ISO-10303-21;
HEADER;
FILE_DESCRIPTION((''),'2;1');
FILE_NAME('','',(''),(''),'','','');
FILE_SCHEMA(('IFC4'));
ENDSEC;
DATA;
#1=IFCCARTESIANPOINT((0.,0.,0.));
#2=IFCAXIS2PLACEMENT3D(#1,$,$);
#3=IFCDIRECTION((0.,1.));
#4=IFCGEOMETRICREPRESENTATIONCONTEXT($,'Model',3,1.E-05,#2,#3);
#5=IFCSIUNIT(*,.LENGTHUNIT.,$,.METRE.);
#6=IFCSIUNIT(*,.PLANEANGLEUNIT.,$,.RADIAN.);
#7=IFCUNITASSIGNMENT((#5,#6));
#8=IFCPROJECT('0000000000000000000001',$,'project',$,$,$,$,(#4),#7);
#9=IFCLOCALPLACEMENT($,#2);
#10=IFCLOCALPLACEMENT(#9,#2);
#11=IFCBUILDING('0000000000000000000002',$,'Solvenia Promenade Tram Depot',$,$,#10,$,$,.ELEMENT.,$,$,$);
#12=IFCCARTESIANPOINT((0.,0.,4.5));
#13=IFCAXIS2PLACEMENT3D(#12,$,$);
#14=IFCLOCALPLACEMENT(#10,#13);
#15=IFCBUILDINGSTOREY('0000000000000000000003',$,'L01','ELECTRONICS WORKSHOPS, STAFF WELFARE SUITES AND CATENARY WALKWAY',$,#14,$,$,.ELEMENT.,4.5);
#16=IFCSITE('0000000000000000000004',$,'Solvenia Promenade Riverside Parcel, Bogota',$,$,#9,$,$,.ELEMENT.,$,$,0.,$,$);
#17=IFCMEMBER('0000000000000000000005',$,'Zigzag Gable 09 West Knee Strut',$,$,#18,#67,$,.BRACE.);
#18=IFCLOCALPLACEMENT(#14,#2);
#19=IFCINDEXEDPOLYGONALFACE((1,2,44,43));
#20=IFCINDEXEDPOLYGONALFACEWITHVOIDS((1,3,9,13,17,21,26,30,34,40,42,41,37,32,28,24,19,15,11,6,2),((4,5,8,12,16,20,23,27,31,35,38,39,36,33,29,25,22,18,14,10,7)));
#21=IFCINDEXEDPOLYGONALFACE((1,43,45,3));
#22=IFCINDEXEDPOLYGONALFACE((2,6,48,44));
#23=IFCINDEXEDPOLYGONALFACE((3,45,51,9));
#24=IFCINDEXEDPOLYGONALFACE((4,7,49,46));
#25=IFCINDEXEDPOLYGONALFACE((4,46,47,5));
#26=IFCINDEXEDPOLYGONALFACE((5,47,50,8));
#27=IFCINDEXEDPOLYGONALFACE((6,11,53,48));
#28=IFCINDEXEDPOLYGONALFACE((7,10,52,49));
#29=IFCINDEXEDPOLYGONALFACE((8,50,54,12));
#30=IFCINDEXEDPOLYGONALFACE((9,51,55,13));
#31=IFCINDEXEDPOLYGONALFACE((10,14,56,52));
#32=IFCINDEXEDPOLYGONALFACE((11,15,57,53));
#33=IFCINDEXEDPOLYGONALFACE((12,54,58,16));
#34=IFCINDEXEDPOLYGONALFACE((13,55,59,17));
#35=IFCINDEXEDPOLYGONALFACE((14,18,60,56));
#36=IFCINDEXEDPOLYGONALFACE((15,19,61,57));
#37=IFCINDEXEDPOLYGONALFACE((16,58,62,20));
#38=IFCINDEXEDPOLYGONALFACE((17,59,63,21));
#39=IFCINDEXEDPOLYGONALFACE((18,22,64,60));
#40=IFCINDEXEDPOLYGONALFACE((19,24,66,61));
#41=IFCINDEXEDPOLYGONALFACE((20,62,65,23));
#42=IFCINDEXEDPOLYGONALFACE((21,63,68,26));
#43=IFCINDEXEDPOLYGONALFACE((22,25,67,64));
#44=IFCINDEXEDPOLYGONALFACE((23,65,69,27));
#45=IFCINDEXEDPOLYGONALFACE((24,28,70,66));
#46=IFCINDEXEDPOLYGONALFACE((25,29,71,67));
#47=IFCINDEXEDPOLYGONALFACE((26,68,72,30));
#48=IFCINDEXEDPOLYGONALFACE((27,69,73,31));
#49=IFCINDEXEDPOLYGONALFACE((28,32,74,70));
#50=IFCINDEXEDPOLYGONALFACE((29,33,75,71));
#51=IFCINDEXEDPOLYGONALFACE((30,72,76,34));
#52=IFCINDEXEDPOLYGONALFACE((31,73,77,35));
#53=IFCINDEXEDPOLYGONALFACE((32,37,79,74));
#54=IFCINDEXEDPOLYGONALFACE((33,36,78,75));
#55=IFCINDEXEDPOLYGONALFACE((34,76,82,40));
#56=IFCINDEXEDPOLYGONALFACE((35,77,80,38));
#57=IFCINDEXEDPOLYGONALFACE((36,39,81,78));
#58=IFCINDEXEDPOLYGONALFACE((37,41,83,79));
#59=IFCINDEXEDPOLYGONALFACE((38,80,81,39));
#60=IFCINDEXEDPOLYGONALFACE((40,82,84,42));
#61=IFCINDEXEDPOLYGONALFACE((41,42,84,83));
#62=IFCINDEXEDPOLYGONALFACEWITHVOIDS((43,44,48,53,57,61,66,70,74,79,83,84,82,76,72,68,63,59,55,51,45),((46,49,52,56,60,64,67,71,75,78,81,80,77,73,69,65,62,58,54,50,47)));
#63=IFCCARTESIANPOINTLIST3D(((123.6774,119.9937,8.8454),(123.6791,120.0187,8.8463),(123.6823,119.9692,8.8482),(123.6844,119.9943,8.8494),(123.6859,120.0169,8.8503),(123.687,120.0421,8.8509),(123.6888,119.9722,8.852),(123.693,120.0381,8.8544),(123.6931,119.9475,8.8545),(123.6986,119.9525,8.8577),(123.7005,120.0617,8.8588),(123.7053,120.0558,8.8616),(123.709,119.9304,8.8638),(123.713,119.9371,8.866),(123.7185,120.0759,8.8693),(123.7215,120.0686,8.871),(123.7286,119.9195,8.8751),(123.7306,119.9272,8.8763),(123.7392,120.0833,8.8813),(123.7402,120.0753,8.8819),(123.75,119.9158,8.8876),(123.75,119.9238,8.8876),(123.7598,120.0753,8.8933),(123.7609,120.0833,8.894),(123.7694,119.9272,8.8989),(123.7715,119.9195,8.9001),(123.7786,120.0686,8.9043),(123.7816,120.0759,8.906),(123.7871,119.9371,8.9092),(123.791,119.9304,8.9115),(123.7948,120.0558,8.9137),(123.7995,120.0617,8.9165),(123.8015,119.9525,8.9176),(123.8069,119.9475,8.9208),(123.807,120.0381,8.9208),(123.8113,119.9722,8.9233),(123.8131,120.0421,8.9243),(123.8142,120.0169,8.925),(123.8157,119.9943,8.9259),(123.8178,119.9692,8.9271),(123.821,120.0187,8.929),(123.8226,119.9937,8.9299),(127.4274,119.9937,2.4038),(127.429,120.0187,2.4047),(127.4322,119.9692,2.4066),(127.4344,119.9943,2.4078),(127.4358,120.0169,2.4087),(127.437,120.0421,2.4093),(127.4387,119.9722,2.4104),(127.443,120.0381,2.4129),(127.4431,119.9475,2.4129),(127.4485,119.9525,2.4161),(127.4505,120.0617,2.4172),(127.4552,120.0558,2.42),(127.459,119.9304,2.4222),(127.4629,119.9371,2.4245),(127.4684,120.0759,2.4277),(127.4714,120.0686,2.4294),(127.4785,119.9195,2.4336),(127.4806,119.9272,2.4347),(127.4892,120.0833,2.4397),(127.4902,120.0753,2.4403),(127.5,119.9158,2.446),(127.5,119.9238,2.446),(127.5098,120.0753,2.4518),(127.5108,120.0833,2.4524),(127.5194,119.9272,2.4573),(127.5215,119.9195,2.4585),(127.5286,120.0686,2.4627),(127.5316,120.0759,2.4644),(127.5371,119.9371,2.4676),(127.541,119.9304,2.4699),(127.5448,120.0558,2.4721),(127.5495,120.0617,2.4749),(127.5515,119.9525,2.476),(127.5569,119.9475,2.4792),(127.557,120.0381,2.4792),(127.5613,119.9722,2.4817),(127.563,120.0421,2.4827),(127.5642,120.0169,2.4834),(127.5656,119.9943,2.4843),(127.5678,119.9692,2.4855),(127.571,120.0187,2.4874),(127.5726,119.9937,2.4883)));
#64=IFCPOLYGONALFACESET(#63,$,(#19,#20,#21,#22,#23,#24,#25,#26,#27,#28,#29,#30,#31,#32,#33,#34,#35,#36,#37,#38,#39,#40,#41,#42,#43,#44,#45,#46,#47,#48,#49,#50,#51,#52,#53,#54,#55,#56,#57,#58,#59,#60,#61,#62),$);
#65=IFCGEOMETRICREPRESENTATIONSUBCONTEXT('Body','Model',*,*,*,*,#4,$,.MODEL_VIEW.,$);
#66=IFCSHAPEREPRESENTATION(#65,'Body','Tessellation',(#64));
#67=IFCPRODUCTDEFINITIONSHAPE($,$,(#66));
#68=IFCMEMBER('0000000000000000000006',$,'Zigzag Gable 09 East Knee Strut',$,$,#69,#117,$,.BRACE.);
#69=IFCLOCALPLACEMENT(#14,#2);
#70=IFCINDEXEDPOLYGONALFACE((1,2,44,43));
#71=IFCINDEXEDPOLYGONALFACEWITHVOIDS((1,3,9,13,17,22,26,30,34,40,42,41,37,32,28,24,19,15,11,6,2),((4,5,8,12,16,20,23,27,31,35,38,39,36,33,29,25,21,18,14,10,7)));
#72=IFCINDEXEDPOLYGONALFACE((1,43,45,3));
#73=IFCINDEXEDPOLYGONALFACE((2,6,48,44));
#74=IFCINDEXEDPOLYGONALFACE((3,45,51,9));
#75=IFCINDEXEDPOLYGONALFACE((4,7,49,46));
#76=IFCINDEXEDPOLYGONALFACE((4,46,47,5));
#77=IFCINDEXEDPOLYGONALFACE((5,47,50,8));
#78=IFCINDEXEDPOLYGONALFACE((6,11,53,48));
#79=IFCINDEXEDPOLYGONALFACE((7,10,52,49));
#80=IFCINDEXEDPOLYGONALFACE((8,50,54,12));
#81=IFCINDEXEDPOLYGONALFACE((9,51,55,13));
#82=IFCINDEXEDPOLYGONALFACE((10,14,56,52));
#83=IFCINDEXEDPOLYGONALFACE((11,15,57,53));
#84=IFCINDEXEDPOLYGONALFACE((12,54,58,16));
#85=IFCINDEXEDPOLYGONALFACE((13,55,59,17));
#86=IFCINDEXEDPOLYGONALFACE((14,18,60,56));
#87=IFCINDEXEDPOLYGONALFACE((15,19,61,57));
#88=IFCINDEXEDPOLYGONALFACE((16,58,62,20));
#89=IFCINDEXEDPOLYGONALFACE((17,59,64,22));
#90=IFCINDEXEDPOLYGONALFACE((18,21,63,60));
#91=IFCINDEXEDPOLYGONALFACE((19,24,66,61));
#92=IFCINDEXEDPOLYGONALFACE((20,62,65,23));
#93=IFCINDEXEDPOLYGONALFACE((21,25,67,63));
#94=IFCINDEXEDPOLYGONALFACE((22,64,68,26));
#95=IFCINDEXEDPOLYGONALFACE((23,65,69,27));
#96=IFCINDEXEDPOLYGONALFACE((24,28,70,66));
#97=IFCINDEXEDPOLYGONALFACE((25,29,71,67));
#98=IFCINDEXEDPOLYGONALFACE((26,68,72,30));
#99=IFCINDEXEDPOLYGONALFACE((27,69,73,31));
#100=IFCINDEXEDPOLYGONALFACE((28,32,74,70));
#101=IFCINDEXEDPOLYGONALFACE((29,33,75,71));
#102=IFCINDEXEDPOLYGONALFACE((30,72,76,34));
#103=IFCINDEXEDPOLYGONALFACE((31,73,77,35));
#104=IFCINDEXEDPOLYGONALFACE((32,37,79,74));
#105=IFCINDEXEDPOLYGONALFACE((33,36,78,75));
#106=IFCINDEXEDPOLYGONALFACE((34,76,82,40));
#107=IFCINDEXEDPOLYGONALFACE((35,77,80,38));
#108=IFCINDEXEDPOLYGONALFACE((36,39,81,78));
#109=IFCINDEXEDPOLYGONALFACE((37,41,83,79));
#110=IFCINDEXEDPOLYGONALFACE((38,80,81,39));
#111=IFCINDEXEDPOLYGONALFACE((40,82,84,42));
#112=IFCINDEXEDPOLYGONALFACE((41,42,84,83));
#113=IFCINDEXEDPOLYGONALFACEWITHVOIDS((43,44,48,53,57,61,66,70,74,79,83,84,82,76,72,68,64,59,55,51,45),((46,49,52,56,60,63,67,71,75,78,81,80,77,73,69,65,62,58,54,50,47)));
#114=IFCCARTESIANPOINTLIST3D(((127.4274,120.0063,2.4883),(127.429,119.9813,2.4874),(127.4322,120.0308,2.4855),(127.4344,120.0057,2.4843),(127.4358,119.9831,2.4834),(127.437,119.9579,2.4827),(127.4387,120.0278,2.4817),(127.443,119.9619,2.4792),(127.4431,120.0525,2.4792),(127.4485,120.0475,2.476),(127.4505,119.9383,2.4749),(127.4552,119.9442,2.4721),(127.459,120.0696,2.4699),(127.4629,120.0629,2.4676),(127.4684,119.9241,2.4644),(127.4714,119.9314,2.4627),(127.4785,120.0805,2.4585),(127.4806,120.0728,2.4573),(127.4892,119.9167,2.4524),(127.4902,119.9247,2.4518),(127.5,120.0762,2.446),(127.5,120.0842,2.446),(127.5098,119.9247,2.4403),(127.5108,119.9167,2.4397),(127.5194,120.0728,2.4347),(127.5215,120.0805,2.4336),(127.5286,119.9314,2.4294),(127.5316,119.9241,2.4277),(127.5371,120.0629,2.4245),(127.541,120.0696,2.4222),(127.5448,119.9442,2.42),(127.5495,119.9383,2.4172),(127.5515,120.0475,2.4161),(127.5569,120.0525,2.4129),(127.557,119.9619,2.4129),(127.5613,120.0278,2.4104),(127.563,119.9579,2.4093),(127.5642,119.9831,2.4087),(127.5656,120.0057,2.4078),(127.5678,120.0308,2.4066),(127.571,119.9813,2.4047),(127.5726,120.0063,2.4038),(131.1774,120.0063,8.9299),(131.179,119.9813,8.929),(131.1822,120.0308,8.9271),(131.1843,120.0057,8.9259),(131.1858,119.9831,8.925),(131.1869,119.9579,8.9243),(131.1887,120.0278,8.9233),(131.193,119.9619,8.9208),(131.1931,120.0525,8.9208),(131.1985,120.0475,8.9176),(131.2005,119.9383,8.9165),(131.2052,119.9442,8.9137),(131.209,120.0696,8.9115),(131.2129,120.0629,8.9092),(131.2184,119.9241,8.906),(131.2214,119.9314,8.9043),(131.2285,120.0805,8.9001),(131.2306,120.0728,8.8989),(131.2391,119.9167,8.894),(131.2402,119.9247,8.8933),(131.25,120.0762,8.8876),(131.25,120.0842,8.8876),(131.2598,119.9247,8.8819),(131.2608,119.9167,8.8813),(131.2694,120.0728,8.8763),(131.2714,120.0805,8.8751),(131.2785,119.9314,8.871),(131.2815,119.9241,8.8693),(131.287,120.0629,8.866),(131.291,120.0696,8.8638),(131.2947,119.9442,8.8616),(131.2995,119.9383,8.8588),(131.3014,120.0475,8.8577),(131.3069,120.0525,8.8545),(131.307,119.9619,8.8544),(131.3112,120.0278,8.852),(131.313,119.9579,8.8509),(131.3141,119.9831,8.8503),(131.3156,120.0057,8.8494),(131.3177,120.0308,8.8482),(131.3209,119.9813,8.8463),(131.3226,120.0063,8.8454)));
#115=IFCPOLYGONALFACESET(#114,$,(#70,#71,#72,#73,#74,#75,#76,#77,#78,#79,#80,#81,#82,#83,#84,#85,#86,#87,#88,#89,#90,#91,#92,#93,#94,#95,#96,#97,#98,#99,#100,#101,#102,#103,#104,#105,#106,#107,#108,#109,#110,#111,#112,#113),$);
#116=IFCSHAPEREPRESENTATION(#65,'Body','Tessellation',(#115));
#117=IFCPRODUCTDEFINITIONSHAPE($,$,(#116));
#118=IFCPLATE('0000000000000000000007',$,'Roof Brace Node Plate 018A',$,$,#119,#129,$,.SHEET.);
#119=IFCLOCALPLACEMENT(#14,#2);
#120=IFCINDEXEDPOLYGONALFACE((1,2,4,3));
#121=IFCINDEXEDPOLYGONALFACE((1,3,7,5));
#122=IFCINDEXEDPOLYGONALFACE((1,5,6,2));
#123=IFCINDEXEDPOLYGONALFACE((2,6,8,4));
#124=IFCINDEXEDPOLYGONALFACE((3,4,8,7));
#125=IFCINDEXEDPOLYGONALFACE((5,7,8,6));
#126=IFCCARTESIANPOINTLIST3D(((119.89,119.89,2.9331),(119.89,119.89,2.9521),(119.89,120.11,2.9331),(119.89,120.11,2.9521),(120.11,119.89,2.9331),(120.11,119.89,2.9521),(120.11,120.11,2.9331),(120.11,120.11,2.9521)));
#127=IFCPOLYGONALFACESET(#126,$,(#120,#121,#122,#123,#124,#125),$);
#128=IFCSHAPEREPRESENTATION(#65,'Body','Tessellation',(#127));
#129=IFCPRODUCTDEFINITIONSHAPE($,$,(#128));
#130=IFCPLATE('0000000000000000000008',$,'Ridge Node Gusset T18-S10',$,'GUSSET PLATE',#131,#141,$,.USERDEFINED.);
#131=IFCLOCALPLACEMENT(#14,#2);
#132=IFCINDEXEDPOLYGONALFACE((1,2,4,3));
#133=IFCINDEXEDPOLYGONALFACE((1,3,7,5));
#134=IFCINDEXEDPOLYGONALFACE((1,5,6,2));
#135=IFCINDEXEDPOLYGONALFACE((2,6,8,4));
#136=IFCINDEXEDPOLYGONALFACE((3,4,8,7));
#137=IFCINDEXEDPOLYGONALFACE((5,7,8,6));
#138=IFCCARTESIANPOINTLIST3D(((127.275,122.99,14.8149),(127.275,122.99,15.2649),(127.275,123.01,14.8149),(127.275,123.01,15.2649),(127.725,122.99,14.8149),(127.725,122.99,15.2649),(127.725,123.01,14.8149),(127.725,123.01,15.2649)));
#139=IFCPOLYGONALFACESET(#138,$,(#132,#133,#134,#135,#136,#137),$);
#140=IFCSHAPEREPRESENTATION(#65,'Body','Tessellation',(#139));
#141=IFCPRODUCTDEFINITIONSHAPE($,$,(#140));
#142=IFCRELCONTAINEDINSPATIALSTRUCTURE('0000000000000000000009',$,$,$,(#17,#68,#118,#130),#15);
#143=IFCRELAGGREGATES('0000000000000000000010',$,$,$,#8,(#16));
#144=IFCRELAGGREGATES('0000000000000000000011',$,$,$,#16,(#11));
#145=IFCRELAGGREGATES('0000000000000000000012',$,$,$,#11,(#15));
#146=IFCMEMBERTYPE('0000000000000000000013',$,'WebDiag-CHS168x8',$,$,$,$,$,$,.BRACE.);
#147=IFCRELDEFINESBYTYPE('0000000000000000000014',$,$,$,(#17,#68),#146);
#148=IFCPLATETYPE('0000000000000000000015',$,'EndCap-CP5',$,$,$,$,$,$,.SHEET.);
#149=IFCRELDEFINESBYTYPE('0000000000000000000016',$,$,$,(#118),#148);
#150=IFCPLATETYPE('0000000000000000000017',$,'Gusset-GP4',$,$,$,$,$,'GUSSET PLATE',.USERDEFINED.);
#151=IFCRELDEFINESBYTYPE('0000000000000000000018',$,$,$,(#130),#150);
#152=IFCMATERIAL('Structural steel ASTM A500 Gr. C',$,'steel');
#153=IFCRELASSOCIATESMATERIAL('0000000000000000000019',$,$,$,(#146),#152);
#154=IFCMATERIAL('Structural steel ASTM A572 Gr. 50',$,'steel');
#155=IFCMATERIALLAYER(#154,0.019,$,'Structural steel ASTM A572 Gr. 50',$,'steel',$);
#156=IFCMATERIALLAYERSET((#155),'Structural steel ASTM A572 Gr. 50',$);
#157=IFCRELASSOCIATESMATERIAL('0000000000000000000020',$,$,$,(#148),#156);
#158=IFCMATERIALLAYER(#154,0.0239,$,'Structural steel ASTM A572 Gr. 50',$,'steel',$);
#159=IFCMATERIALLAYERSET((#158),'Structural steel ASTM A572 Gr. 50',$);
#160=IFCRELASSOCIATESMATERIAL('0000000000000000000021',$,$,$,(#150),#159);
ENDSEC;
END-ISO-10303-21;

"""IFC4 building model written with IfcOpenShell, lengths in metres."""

from ifc_helpers import new_model, si_unit, direction, frame, origin, origin_2d, place, context, subcontext, project, spatial, rectangle, hollow_circle, extrude, material, layer, layer_set, material_profile, profile_set, type_object, element, save


model = new_model("IFC4")

# Units and contexts
model_context = context("Model", 3, precision=1e-05, world=origin(), true_north=direction((0.0, 1.0)))
body_context = subcontext(model_context, "Body", "Model", "MODEL_VIEW")
ifc_project = project(units=[si_unit("LENGTHUNIT", "METRE"), si_unit("PLANEANGLEUNIT", "RADIAN")], contexts=[model_context])

# Site, building, storey
site_placement = place(None, origin())
site = spatial("IfcSite", under=ifc_project, at=site_placement, Name="Solvenia Promenade Riverside Parcel, Bogota", CompositionType="ELEMENT", RefElevation=0.0)
building_placement = place(site_placement, origin())
building = spatial("IfcBuilding", under=site, at=building_placement, Name="Solvenia Promenade Tram Depot", CompositionType="ELEMENT")
storey_placement = place(building_placement, frame((0.0, 0.0, 4.5)))
storey = spatial("IfcBuildingStorey", under=building, at=storey_placement, Name="L01", Description="ELECTRONICS WORKSHOPS, STAFF WELFARE SUITES AND CATENARY WALKWAY", CompositionType="ELEMENT", Elevation=4.5)

# Shared definitions
ifc_material_1 = material(Name="Structural steel ASTM A500 Gr. C", Category="steel")

# Members
ifc_material_profile_1 = material_profile(ifc_material_1, hollow_circle(Radius=0.0842, WallThickness=0.0081, at=origin_2d()), Name="CHS168.3x8", Category="steel")
ifc_profile_set_1 = profile_set([ifc_material_profile_1], Name="Structural steel ASTM A500 Gr. C")
member_type_1 = type_object("IfcMemberType", Name="WebDiag-CHS168x8", PredefinedType="BRACE", material=ifc_profile_set_1)
for number, where, z_axis, x_axis, name in (
    (1, (127.5, 120.0, 2.446), (-0.503107, 0.0, 0.864224), (0.0, -1.0, 0.0), "Zigzag Gable 09 West Knee Strut"),
    (2, (127.5, 120.0, 2.446), (0.503107, 0.0, 0.864224), (0.0, 1.0, 0.0), "Zigzag Gable 09 East Knee Strut"),
):
    element("IfcMember", number, at=place(storey_placement, frame(where, z_axis=z_axis, x_axis=x_axis)), inside=storey, type_object=member_type_1, Name=name, PredefinedType="BRACE", context=body_context, shape_type="SweptSolid", body=[
        extrude(hollow_circle(Radius=0.0842, WallThickness=0.0081, at=origin_2d()), origin(), (0.0, 0.0, 1.0), 7.4536),
    ])

# Plates
ifc_material_2 = material(Name="Structural steel ASTM A572 Gr. 50", Category="steel")
ifc_layer_1 = layer(ifc_material_2, 0.019, Name="Structural steel ASTM A572 Gr. 50", Category="steel")
ifc_layer_set_1 = layer_set([ifc_layer_1], Name="Structural steel ASTM A572 Gr. 50")
plate_type_1 = type_object("IfcPlateType", Name="EndCap-CP5", PredefinedType="SHEET", material=ifc_layer_set_1)
plate_1_placement = place(storey_placement, frame((120.0, 120.0, 2.9331), z_axis=(0.0, 0.0, 1.0), x_axis=(1.0, 0.0, 0.0)))
element("IfcPlate", 3, at=plate_1_placement, inside=storey, type_object=plate_type_1, Name="Roof Brace Node Plate 018A", PredefinedType="SHEET", context=body_context, shape_type="SweptSolid", body=[
    extrude(rectangle(XDim=0.22, YDim=0.22, at=origin_2d()), origin(), (0.0, 0.0, 1.0), 0.019),
])
ifc_layer_2 = layer(ifc_material_2, 0.0239, Name="Structural steel ASTM A572 Gr. 50", Category="steel")
ifc_layer_set_2 = layer_set([ifc_layer_2], Name="Structural steel ASTM A572 Gr. 50")
plate_type_2 = type_object("IfcPlateType", Name="Gusset-GP4", ElementType="GUSSET PLATE", PredefinedType="USERDEFINED", material=ifc_layer_set_2)
plate_2_placement = place(storey_placement, frame((127.5, 123.0, 14.8149), z_axis=(0.0, 0.0, 1.0), x_axis=(1.0, 0.0, 0.0)))
element("IfcPlate", 4, at=plate_2_placement, inside=storey, type_object=plate_type_2, Name="Ridge Node Gusset T18-S10", ObjectType="GUSSET PLATE", PredefinedType="USERDEFINED", context=body_context, shape_type="SweptSolid", body=[
    extrude(rectangle(XDim=0.45, YDim=0.02, at=origin_2d()), origin(), (0.0, 0.0, 1.0), 0.45),
])

save(model, "model.ifc")
